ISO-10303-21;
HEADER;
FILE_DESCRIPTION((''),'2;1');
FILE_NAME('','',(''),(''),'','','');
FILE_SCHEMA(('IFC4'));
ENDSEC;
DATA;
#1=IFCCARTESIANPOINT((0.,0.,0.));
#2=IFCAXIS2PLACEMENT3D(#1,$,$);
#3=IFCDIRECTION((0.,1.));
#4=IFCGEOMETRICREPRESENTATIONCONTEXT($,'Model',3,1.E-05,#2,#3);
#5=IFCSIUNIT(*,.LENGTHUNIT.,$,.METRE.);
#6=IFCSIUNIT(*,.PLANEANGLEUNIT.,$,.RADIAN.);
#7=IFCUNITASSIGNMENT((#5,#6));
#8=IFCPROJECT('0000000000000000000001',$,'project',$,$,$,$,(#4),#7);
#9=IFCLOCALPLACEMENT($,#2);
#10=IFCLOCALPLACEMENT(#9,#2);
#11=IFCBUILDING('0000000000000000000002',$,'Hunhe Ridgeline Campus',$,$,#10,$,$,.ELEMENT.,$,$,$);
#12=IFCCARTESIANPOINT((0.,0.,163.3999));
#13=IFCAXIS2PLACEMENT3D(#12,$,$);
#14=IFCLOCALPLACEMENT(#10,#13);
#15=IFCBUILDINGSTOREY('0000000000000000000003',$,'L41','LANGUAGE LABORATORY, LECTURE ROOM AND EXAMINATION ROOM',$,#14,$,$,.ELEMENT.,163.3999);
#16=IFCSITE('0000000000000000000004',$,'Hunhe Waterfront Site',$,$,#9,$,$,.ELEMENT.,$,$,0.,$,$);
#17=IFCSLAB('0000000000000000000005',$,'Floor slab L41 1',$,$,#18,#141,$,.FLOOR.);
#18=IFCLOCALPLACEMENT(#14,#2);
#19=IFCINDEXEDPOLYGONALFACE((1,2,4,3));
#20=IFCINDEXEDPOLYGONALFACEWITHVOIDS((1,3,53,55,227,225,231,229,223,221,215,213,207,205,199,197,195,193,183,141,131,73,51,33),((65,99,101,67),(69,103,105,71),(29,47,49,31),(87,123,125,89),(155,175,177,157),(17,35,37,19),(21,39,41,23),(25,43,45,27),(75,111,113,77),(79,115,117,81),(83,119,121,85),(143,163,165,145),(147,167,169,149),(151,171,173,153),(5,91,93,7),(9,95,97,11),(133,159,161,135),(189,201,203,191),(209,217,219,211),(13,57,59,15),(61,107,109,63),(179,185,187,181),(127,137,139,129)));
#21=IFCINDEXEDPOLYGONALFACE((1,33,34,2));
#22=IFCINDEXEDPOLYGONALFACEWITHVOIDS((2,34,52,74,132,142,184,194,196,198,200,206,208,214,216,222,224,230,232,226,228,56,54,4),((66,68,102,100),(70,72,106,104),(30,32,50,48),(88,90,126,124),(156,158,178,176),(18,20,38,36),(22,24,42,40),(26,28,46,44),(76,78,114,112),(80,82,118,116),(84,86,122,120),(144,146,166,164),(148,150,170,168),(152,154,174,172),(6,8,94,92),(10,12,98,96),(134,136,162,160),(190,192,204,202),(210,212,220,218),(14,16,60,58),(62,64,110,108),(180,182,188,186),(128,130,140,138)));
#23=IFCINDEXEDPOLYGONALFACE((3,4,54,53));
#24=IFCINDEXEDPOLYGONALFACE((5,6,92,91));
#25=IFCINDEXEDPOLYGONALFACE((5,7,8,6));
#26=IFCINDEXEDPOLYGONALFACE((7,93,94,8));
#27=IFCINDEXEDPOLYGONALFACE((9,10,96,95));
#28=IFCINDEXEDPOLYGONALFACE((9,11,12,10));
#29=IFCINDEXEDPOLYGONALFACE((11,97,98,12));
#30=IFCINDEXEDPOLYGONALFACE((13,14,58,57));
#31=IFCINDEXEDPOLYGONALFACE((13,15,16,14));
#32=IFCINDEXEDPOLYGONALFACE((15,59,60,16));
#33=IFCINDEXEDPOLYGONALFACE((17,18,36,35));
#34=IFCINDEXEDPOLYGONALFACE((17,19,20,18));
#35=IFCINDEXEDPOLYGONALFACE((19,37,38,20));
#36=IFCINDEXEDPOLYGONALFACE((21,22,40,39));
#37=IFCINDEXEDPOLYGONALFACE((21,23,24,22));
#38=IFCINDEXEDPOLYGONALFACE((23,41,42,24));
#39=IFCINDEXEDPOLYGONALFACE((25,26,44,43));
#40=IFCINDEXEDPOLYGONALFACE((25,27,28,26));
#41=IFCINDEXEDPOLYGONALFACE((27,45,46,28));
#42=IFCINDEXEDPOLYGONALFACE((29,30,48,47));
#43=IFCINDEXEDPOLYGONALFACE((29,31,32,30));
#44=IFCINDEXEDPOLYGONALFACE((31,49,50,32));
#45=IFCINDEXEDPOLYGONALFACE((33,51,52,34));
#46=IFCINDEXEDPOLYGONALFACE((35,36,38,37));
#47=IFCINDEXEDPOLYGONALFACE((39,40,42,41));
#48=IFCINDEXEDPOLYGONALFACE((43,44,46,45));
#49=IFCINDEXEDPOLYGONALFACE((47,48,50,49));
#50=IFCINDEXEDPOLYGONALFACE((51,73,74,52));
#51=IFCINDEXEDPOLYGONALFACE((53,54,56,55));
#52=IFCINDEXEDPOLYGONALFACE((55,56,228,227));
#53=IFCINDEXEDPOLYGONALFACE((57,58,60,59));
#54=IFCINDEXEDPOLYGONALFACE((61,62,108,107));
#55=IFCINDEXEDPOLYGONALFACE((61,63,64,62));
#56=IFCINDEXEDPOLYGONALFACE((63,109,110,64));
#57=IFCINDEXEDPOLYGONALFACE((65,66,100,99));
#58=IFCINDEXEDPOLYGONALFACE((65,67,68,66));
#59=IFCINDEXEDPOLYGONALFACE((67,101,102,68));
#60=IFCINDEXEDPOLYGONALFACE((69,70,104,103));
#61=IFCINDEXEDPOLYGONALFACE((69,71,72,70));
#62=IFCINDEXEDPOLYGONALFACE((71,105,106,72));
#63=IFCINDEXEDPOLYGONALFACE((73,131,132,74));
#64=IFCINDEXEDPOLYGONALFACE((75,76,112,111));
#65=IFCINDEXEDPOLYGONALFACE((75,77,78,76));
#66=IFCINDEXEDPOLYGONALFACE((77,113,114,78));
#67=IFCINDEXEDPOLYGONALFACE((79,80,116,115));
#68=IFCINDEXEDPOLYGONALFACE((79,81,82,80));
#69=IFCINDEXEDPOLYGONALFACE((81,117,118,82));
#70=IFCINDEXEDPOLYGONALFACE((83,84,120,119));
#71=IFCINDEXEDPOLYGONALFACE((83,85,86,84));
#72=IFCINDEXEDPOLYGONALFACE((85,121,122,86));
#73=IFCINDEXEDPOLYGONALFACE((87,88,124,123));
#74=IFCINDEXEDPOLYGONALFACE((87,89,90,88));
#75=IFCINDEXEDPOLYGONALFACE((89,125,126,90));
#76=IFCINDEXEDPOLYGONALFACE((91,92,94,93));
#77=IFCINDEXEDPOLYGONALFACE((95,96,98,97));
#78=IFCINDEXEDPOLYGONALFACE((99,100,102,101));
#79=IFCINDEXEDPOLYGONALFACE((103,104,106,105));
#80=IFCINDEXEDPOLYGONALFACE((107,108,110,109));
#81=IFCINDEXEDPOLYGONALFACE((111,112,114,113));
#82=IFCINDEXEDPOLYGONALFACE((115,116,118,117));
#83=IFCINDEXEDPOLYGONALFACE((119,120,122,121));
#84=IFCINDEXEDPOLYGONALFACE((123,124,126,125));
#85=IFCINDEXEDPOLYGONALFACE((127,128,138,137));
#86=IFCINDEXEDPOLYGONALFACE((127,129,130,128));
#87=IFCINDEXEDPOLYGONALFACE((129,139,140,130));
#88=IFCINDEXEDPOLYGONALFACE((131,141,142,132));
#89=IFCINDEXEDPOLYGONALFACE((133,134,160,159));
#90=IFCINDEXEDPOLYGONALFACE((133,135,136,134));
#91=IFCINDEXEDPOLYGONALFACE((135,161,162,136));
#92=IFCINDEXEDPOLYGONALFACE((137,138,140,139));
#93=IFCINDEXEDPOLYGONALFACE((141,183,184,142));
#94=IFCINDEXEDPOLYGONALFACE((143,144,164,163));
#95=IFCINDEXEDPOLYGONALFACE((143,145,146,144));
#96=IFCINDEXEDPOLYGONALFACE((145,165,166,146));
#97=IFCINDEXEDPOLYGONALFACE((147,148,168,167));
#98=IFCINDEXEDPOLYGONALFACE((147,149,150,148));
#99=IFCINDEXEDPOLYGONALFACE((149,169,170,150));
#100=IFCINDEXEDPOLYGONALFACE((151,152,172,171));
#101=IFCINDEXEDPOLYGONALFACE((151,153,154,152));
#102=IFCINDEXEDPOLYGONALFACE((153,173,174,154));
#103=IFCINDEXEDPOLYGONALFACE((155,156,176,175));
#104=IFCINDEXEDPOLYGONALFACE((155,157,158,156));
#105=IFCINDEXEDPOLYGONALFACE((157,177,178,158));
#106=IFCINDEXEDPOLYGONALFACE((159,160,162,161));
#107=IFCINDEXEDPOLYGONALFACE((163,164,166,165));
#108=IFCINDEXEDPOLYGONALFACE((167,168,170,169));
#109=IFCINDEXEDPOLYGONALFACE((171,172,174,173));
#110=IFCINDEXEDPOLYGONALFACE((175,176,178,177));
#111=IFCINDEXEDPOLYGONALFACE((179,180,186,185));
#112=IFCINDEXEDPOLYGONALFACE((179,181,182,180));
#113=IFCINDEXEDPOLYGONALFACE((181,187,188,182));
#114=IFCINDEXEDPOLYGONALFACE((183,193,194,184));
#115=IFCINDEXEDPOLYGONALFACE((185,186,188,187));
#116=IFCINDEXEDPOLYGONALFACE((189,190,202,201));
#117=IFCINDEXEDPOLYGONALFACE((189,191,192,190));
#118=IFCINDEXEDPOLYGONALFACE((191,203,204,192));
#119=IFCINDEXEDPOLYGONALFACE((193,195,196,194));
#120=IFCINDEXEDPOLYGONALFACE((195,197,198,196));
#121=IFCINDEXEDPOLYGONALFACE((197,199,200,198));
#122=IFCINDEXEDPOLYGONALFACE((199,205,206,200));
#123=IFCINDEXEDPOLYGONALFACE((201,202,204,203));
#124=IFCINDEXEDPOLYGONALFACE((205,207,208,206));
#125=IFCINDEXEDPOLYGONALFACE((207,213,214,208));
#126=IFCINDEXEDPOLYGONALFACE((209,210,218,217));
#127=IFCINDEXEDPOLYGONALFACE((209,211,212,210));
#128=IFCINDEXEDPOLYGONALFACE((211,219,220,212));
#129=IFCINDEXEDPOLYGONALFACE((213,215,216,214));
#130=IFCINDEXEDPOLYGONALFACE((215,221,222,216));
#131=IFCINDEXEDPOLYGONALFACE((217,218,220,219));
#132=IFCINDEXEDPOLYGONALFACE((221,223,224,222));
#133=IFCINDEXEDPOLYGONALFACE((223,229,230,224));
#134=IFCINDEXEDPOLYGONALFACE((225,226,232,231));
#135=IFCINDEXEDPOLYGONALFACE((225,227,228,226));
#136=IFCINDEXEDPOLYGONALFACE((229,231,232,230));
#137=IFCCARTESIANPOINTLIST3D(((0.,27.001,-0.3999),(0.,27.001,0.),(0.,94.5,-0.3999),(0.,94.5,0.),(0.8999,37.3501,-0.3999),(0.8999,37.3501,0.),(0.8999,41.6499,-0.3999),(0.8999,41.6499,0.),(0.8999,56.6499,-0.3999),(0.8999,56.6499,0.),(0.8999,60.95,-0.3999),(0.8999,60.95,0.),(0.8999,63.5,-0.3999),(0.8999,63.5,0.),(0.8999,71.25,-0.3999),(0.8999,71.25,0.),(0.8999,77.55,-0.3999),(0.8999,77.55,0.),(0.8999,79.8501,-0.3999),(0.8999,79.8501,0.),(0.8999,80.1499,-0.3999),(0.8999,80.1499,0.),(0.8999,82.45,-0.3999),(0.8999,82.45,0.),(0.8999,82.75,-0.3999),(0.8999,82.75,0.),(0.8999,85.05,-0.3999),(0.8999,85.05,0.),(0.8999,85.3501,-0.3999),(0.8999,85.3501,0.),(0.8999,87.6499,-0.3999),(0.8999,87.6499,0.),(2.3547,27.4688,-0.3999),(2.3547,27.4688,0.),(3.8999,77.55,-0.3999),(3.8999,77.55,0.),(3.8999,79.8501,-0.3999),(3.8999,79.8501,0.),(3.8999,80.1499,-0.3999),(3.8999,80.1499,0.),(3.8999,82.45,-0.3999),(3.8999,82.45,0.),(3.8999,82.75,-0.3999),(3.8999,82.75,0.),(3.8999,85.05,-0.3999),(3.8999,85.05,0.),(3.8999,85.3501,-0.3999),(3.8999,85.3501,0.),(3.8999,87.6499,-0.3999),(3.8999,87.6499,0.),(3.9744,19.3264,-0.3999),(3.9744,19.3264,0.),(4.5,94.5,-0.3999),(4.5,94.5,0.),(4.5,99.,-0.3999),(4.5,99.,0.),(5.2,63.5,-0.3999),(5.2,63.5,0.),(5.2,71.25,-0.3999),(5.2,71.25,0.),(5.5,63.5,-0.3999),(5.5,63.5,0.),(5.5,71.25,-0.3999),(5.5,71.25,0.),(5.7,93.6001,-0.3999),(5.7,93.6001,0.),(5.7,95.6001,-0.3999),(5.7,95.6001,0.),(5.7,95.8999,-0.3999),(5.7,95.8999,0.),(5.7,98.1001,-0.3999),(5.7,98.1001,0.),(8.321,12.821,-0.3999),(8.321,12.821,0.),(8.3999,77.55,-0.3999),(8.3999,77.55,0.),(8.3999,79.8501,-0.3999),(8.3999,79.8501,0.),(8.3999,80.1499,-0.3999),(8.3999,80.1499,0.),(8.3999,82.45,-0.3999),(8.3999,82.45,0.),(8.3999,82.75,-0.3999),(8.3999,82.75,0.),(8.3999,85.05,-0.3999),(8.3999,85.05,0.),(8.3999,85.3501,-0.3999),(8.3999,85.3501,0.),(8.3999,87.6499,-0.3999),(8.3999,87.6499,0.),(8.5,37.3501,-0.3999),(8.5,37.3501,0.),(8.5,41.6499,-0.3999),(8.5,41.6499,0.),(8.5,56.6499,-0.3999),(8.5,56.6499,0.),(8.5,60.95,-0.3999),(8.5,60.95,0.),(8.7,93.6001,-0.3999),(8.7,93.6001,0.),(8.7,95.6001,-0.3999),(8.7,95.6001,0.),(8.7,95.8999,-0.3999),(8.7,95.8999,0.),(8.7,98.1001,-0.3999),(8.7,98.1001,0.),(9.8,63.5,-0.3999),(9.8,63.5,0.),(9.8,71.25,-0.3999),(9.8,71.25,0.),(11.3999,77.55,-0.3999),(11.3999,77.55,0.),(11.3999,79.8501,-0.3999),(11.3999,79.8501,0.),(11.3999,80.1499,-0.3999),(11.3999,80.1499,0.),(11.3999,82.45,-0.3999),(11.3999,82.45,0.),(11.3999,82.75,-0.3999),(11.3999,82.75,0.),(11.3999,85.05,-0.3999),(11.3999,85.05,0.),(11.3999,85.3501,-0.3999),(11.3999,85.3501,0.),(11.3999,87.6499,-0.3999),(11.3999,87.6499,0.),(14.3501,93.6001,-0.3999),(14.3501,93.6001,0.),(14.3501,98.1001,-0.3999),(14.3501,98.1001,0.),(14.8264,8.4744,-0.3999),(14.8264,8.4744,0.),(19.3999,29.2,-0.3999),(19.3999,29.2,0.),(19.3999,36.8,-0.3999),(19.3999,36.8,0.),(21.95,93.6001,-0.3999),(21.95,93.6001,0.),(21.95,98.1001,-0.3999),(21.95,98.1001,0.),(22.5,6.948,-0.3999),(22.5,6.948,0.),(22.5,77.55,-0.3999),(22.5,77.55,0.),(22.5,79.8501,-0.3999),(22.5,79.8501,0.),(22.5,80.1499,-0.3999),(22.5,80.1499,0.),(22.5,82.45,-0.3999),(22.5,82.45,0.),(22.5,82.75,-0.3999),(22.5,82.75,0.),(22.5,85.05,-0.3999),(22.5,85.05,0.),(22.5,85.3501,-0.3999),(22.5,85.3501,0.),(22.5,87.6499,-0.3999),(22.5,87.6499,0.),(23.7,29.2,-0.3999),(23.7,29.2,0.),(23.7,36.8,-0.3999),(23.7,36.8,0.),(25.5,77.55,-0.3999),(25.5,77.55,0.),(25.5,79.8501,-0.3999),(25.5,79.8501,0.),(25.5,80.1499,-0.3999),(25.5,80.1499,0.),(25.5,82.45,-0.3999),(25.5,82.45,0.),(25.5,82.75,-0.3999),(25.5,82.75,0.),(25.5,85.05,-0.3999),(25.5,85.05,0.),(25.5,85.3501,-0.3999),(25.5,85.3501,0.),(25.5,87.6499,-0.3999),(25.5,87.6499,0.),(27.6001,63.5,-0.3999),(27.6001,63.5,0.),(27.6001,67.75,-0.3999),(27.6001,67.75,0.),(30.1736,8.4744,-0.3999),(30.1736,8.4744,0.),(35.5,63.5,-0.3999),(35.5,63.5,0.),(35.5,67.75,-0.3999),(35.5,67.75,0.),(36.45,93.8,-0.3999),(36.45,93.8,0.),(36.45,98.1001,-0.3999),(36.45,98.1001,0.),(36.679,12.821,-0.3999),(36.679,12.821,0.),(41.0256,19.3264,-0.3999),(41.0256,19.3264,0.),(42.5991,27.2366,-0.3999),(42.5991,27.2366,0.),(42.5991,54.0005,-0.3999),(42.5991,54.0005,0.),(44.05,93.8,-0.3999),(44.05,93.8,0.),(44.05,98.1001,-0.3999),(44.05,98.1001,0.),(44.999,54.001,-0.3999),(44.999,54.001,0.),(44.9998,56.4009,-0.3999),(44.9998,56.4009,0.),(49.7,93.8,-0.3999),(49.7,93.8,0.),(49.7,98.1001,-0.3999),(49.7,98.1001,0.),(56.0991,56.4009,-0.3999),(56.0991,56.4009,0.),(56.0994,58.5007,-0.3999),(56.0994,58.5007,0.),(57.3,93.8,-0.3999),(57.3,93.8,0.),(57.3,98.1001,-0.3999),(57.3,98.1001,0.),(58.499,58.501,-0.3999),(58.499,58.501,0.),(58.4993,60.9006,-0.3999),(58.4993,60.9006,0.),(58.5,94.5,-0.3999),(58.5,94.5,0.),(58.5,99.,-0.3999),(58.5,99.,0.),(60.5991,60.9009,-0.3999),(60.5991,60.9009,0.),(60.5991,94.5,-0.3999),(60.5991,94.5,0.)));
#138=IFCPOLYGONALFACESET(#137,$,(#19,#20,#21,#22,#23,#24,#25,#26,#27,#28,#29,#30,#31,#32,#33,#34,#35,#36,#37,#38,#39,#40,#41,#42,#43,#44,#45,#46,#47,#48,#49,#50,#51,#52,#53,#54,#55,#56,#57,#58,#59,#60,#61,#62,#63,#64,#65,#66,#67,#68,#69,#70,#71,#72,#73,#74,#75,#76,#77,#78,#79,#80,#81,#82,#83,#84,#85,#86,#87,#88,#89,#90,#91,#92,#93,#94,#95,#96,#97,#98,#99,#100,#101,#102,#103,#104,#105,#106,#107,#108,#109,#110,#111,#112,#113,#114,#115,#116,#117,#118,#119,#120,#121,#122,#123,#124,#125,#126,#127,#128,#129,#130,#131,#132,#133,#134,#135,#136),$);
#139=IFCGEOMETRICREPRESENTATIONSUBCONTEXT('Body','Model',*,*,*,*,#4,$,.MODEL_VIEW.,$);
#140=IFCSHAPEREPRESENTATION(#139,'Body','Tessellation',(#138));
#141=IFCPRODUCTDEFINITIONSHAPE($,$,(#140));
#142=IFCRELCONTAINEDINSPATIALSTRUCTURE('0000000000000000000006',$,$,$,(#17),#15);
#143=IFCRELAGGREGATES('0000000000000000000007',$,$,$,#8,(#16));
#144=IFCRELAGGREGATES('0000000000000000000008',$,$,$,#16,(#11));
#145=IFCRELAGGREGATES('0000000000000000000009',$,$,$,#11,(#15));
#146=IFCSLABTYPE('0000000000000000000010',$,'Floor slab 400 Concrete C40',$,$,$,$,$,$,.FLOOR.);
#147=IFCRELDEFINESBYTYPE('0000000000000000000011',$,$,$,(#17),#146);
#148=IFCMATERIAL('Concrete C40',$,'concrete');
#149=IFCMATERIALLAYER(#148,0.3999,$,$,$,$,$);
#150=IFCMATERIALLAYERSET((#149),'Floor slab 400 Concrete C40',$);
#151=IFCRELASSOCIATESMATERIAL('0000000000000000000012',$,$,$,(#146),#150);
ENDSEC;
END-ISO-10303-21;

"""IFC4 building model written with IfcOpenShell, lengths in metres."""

from ifc_helpers import new_model, si_unit, direction, frame, origin, place, context, subcontext, project, spatial, polyline, outline, extrude, material, layer, layer_set, type_object, element, save


model = new_model("IFC4")

# Units and contexts
model_context = context("Model", 3, precision=1e-05, world=origin(), true_north=direction((0.0, 1.0)))
body_context = subcontext(model_context, "Body", "Model", "MODEL_VIEW")
ifc_project = project(units=[si_unit("LENGTHUNIT", "METRE"), si_unit("PLANEANGLEUNIT", "RADIAN")], contexts=[model_context])

# Site, building, storey
site_placement = place(None, origin())
site = spatial("IfcSite", under=ifc_project, at=site_placement, Name="Hunhe Waterfront Site", CompositionType="ELEMENT", RefElevation=0.0)
building_placement = place(site_placement, origin())
building = spatial("IfcBuilding", under=site, at=building_placement, Name="Hunhe Ridgeline Campus", CompositionType="ELEMENT")
storey_placement = place(building_placement, frame((0.0, 0.0, 163.3999)))
storey = spatial("IfcBuildingStorey", under=building, at=storey_placement, Name="L41", Description="LANGUAGE LABORATORY, LECTURE ROOM AND EXAMINATION ROOM", CompositionType="ELEMENT", Elevation=163.3999)

# Slab
ifc_material_1 = material(Name="Concrete C40", Category="concrete")
ifc_layer_1 = layer(ifc_material_1, 0.3999)
ifc_layer_set_1 = layer_set([ifc_layer_1], Name="Floor slab 400 Concrete C40")
slab_type_1 = type_object("IfcSlabType", Name="Floor slab 400 Concrete C40", PredefinedType="FLOOR", material=ifc_layer_set_1)
slab_1_placement = place(storey_placement, frame((0.0, 0.0, -0.3999)))
element("IfcSlab", 1, at=slab_1_placement, inside=storey, type_object=slab_type_1, Name="Floor slab L41 1", PredefinedType="FLOOR", context=body_context, shape_type="SweptSolid", body=[
    extrude(outline(polyline([(2.3547, 27.4688), (3.9744, 19.3264), (8.321, 12.821), (14.8264, 8.4744), (22.5, 6.948), (30.1736, 8.4744), (36.679, 12.821), (41.0256, 19.3264), (42.5991, 27.2366), (42.5991, 54.0005), (44.999, 54.001), (44.9998, 56.4009), (56.0991, 56.4009), (56.0994, 58.5007), (58.499, 58.501), (58.4993, 60.9006), (60.5991, 60.9009), (60.5991, 94.5), (58.5, 94.5), (58.5, 99.0), (4.5, 99.0), (4.5, 94.5), (0.0, 94.5), (0.0, 27.001), (2.3547, 27.4688)]), holes=[polyline([(49.7, 93.8), (57.3, 93.8), (57.3, 98.1001), (49.7, 98.1001), (49.7, 93.8)]), polyline([(44.05, 93.8), (44.05, 98.1001), (36.45, 98.1001), (36.45, 93.8), (44.05, 93.8)]), polyline([(35.5, 67.75), (27.6001, 67.75), (27.6001, 63.5), (35.5, 63.5), (35.5, 67.75)]), polyline([(25.5, 82.75), (25.5, 85.05), (22.5, 85.05), (22.5, 82.75), (25.5, 82.75)]), polyline([(25.5, 82.45), (22.5, 82.45), (22.5, 80.1499), (25.5, 80.1499), (25.5, 82.45)]), polyline([(22.5, 85.3501), (25.5, 85.3501), (25.5, 87.6499), (22.5, 87.6499), (22.5, 85.3501)]), polyline([(22.5, 79.8501), (22.5, 77.55), (25.5, 77.55), (25.5, 79.8501), (22.5, 79.8501)]), polyline([(19.3999, 29.2), (23.7, 29.2), (23.7, 36.8), (19.3999, 36.8), (19.3999, 29.2)]), polyline([(21.95, 93.6001), (21.95, 98.1001), (14.3501, 98.1001), (14.3501, 93.6001), (21.95, 93.6001)]), polyline([(8.3999, 79.8501), (8.3999, 77.55), (11.3999, 77.55), (11.3999, 79.8501), (8.3999, 79.8501)]), polyline([(8.3999, 85.3501), (11.3999, 85.3501), (11.3999, 87.6499), (8.3999, 87.6499), (8.3999, 85.3501)]), polyline([(11.3999, 82.45), (8.3999, 82.45), (8.3999, 80.1499), (11.3999, 80.1499), (11.3999, 82.45)]), polyline([(11.3999, 82.75), (11.3999, 85.05), (8.3999, 85.05), (8.3999, 82.75), (11.3999, 82.75)]), polyline([(5.5, 71.25), (5.5, 63.5), (9.8, 63.5), (9.8, 71.25), (5.5, 71.25)]), polyline([(8.7, 98.1001), (5.7, 98.1001), (5.7, 95.8999), (8.7, 95.8999), (8.7, 98.1001)]), polyline([(5.7, 95.6001), (5.7, 93.6001), (8.7, 93.6001), (8.7, 95.6001), (5.7, 95.6001)]), polyline([(0.8999, 60.95), (0.8999, 56.6499), (8.5, 56.6499), (8.5, 60.95), (0.8999, 60.95)]), polyline([(0.8999, 37.3501), (8.5, 37.3501), (8.5, 41.6499), (0.8999, 41.6499), (0.8999, 37.3501)]), polyline([(0.8999, 63.5), (5.2, 63.5), (5.2, 71.25), (0.8999, 71.25), (0.8999, 63.5)]), polyline([(3.8999, 82.75), (3.8999, 85.05), (0.8999, 85.05), (0.8999, 82.75), (3.8999, 82.75)]), polyline([(3.8999, 82.45), (0.8999, 82.45), (0.8999, 80.1499), (3.8999, 80.1499), (3.8999, 82.45)]), polyline([(0.8999, 85.3501), (3.8999, 85.3501), (3.8999, 87.6499), (0.8999, 87.6499), (0.8999, 85.3501)]), polyline([(0.8999, 79.8501), (0.8999, 77.55), (3.8999, 77.55), (3.8999, 79.8501), (0.8999, 79.8501)])]), origin(), (0.0, 0.0, 1.0), 0.3999),
])

save(model, "model.ifc")
